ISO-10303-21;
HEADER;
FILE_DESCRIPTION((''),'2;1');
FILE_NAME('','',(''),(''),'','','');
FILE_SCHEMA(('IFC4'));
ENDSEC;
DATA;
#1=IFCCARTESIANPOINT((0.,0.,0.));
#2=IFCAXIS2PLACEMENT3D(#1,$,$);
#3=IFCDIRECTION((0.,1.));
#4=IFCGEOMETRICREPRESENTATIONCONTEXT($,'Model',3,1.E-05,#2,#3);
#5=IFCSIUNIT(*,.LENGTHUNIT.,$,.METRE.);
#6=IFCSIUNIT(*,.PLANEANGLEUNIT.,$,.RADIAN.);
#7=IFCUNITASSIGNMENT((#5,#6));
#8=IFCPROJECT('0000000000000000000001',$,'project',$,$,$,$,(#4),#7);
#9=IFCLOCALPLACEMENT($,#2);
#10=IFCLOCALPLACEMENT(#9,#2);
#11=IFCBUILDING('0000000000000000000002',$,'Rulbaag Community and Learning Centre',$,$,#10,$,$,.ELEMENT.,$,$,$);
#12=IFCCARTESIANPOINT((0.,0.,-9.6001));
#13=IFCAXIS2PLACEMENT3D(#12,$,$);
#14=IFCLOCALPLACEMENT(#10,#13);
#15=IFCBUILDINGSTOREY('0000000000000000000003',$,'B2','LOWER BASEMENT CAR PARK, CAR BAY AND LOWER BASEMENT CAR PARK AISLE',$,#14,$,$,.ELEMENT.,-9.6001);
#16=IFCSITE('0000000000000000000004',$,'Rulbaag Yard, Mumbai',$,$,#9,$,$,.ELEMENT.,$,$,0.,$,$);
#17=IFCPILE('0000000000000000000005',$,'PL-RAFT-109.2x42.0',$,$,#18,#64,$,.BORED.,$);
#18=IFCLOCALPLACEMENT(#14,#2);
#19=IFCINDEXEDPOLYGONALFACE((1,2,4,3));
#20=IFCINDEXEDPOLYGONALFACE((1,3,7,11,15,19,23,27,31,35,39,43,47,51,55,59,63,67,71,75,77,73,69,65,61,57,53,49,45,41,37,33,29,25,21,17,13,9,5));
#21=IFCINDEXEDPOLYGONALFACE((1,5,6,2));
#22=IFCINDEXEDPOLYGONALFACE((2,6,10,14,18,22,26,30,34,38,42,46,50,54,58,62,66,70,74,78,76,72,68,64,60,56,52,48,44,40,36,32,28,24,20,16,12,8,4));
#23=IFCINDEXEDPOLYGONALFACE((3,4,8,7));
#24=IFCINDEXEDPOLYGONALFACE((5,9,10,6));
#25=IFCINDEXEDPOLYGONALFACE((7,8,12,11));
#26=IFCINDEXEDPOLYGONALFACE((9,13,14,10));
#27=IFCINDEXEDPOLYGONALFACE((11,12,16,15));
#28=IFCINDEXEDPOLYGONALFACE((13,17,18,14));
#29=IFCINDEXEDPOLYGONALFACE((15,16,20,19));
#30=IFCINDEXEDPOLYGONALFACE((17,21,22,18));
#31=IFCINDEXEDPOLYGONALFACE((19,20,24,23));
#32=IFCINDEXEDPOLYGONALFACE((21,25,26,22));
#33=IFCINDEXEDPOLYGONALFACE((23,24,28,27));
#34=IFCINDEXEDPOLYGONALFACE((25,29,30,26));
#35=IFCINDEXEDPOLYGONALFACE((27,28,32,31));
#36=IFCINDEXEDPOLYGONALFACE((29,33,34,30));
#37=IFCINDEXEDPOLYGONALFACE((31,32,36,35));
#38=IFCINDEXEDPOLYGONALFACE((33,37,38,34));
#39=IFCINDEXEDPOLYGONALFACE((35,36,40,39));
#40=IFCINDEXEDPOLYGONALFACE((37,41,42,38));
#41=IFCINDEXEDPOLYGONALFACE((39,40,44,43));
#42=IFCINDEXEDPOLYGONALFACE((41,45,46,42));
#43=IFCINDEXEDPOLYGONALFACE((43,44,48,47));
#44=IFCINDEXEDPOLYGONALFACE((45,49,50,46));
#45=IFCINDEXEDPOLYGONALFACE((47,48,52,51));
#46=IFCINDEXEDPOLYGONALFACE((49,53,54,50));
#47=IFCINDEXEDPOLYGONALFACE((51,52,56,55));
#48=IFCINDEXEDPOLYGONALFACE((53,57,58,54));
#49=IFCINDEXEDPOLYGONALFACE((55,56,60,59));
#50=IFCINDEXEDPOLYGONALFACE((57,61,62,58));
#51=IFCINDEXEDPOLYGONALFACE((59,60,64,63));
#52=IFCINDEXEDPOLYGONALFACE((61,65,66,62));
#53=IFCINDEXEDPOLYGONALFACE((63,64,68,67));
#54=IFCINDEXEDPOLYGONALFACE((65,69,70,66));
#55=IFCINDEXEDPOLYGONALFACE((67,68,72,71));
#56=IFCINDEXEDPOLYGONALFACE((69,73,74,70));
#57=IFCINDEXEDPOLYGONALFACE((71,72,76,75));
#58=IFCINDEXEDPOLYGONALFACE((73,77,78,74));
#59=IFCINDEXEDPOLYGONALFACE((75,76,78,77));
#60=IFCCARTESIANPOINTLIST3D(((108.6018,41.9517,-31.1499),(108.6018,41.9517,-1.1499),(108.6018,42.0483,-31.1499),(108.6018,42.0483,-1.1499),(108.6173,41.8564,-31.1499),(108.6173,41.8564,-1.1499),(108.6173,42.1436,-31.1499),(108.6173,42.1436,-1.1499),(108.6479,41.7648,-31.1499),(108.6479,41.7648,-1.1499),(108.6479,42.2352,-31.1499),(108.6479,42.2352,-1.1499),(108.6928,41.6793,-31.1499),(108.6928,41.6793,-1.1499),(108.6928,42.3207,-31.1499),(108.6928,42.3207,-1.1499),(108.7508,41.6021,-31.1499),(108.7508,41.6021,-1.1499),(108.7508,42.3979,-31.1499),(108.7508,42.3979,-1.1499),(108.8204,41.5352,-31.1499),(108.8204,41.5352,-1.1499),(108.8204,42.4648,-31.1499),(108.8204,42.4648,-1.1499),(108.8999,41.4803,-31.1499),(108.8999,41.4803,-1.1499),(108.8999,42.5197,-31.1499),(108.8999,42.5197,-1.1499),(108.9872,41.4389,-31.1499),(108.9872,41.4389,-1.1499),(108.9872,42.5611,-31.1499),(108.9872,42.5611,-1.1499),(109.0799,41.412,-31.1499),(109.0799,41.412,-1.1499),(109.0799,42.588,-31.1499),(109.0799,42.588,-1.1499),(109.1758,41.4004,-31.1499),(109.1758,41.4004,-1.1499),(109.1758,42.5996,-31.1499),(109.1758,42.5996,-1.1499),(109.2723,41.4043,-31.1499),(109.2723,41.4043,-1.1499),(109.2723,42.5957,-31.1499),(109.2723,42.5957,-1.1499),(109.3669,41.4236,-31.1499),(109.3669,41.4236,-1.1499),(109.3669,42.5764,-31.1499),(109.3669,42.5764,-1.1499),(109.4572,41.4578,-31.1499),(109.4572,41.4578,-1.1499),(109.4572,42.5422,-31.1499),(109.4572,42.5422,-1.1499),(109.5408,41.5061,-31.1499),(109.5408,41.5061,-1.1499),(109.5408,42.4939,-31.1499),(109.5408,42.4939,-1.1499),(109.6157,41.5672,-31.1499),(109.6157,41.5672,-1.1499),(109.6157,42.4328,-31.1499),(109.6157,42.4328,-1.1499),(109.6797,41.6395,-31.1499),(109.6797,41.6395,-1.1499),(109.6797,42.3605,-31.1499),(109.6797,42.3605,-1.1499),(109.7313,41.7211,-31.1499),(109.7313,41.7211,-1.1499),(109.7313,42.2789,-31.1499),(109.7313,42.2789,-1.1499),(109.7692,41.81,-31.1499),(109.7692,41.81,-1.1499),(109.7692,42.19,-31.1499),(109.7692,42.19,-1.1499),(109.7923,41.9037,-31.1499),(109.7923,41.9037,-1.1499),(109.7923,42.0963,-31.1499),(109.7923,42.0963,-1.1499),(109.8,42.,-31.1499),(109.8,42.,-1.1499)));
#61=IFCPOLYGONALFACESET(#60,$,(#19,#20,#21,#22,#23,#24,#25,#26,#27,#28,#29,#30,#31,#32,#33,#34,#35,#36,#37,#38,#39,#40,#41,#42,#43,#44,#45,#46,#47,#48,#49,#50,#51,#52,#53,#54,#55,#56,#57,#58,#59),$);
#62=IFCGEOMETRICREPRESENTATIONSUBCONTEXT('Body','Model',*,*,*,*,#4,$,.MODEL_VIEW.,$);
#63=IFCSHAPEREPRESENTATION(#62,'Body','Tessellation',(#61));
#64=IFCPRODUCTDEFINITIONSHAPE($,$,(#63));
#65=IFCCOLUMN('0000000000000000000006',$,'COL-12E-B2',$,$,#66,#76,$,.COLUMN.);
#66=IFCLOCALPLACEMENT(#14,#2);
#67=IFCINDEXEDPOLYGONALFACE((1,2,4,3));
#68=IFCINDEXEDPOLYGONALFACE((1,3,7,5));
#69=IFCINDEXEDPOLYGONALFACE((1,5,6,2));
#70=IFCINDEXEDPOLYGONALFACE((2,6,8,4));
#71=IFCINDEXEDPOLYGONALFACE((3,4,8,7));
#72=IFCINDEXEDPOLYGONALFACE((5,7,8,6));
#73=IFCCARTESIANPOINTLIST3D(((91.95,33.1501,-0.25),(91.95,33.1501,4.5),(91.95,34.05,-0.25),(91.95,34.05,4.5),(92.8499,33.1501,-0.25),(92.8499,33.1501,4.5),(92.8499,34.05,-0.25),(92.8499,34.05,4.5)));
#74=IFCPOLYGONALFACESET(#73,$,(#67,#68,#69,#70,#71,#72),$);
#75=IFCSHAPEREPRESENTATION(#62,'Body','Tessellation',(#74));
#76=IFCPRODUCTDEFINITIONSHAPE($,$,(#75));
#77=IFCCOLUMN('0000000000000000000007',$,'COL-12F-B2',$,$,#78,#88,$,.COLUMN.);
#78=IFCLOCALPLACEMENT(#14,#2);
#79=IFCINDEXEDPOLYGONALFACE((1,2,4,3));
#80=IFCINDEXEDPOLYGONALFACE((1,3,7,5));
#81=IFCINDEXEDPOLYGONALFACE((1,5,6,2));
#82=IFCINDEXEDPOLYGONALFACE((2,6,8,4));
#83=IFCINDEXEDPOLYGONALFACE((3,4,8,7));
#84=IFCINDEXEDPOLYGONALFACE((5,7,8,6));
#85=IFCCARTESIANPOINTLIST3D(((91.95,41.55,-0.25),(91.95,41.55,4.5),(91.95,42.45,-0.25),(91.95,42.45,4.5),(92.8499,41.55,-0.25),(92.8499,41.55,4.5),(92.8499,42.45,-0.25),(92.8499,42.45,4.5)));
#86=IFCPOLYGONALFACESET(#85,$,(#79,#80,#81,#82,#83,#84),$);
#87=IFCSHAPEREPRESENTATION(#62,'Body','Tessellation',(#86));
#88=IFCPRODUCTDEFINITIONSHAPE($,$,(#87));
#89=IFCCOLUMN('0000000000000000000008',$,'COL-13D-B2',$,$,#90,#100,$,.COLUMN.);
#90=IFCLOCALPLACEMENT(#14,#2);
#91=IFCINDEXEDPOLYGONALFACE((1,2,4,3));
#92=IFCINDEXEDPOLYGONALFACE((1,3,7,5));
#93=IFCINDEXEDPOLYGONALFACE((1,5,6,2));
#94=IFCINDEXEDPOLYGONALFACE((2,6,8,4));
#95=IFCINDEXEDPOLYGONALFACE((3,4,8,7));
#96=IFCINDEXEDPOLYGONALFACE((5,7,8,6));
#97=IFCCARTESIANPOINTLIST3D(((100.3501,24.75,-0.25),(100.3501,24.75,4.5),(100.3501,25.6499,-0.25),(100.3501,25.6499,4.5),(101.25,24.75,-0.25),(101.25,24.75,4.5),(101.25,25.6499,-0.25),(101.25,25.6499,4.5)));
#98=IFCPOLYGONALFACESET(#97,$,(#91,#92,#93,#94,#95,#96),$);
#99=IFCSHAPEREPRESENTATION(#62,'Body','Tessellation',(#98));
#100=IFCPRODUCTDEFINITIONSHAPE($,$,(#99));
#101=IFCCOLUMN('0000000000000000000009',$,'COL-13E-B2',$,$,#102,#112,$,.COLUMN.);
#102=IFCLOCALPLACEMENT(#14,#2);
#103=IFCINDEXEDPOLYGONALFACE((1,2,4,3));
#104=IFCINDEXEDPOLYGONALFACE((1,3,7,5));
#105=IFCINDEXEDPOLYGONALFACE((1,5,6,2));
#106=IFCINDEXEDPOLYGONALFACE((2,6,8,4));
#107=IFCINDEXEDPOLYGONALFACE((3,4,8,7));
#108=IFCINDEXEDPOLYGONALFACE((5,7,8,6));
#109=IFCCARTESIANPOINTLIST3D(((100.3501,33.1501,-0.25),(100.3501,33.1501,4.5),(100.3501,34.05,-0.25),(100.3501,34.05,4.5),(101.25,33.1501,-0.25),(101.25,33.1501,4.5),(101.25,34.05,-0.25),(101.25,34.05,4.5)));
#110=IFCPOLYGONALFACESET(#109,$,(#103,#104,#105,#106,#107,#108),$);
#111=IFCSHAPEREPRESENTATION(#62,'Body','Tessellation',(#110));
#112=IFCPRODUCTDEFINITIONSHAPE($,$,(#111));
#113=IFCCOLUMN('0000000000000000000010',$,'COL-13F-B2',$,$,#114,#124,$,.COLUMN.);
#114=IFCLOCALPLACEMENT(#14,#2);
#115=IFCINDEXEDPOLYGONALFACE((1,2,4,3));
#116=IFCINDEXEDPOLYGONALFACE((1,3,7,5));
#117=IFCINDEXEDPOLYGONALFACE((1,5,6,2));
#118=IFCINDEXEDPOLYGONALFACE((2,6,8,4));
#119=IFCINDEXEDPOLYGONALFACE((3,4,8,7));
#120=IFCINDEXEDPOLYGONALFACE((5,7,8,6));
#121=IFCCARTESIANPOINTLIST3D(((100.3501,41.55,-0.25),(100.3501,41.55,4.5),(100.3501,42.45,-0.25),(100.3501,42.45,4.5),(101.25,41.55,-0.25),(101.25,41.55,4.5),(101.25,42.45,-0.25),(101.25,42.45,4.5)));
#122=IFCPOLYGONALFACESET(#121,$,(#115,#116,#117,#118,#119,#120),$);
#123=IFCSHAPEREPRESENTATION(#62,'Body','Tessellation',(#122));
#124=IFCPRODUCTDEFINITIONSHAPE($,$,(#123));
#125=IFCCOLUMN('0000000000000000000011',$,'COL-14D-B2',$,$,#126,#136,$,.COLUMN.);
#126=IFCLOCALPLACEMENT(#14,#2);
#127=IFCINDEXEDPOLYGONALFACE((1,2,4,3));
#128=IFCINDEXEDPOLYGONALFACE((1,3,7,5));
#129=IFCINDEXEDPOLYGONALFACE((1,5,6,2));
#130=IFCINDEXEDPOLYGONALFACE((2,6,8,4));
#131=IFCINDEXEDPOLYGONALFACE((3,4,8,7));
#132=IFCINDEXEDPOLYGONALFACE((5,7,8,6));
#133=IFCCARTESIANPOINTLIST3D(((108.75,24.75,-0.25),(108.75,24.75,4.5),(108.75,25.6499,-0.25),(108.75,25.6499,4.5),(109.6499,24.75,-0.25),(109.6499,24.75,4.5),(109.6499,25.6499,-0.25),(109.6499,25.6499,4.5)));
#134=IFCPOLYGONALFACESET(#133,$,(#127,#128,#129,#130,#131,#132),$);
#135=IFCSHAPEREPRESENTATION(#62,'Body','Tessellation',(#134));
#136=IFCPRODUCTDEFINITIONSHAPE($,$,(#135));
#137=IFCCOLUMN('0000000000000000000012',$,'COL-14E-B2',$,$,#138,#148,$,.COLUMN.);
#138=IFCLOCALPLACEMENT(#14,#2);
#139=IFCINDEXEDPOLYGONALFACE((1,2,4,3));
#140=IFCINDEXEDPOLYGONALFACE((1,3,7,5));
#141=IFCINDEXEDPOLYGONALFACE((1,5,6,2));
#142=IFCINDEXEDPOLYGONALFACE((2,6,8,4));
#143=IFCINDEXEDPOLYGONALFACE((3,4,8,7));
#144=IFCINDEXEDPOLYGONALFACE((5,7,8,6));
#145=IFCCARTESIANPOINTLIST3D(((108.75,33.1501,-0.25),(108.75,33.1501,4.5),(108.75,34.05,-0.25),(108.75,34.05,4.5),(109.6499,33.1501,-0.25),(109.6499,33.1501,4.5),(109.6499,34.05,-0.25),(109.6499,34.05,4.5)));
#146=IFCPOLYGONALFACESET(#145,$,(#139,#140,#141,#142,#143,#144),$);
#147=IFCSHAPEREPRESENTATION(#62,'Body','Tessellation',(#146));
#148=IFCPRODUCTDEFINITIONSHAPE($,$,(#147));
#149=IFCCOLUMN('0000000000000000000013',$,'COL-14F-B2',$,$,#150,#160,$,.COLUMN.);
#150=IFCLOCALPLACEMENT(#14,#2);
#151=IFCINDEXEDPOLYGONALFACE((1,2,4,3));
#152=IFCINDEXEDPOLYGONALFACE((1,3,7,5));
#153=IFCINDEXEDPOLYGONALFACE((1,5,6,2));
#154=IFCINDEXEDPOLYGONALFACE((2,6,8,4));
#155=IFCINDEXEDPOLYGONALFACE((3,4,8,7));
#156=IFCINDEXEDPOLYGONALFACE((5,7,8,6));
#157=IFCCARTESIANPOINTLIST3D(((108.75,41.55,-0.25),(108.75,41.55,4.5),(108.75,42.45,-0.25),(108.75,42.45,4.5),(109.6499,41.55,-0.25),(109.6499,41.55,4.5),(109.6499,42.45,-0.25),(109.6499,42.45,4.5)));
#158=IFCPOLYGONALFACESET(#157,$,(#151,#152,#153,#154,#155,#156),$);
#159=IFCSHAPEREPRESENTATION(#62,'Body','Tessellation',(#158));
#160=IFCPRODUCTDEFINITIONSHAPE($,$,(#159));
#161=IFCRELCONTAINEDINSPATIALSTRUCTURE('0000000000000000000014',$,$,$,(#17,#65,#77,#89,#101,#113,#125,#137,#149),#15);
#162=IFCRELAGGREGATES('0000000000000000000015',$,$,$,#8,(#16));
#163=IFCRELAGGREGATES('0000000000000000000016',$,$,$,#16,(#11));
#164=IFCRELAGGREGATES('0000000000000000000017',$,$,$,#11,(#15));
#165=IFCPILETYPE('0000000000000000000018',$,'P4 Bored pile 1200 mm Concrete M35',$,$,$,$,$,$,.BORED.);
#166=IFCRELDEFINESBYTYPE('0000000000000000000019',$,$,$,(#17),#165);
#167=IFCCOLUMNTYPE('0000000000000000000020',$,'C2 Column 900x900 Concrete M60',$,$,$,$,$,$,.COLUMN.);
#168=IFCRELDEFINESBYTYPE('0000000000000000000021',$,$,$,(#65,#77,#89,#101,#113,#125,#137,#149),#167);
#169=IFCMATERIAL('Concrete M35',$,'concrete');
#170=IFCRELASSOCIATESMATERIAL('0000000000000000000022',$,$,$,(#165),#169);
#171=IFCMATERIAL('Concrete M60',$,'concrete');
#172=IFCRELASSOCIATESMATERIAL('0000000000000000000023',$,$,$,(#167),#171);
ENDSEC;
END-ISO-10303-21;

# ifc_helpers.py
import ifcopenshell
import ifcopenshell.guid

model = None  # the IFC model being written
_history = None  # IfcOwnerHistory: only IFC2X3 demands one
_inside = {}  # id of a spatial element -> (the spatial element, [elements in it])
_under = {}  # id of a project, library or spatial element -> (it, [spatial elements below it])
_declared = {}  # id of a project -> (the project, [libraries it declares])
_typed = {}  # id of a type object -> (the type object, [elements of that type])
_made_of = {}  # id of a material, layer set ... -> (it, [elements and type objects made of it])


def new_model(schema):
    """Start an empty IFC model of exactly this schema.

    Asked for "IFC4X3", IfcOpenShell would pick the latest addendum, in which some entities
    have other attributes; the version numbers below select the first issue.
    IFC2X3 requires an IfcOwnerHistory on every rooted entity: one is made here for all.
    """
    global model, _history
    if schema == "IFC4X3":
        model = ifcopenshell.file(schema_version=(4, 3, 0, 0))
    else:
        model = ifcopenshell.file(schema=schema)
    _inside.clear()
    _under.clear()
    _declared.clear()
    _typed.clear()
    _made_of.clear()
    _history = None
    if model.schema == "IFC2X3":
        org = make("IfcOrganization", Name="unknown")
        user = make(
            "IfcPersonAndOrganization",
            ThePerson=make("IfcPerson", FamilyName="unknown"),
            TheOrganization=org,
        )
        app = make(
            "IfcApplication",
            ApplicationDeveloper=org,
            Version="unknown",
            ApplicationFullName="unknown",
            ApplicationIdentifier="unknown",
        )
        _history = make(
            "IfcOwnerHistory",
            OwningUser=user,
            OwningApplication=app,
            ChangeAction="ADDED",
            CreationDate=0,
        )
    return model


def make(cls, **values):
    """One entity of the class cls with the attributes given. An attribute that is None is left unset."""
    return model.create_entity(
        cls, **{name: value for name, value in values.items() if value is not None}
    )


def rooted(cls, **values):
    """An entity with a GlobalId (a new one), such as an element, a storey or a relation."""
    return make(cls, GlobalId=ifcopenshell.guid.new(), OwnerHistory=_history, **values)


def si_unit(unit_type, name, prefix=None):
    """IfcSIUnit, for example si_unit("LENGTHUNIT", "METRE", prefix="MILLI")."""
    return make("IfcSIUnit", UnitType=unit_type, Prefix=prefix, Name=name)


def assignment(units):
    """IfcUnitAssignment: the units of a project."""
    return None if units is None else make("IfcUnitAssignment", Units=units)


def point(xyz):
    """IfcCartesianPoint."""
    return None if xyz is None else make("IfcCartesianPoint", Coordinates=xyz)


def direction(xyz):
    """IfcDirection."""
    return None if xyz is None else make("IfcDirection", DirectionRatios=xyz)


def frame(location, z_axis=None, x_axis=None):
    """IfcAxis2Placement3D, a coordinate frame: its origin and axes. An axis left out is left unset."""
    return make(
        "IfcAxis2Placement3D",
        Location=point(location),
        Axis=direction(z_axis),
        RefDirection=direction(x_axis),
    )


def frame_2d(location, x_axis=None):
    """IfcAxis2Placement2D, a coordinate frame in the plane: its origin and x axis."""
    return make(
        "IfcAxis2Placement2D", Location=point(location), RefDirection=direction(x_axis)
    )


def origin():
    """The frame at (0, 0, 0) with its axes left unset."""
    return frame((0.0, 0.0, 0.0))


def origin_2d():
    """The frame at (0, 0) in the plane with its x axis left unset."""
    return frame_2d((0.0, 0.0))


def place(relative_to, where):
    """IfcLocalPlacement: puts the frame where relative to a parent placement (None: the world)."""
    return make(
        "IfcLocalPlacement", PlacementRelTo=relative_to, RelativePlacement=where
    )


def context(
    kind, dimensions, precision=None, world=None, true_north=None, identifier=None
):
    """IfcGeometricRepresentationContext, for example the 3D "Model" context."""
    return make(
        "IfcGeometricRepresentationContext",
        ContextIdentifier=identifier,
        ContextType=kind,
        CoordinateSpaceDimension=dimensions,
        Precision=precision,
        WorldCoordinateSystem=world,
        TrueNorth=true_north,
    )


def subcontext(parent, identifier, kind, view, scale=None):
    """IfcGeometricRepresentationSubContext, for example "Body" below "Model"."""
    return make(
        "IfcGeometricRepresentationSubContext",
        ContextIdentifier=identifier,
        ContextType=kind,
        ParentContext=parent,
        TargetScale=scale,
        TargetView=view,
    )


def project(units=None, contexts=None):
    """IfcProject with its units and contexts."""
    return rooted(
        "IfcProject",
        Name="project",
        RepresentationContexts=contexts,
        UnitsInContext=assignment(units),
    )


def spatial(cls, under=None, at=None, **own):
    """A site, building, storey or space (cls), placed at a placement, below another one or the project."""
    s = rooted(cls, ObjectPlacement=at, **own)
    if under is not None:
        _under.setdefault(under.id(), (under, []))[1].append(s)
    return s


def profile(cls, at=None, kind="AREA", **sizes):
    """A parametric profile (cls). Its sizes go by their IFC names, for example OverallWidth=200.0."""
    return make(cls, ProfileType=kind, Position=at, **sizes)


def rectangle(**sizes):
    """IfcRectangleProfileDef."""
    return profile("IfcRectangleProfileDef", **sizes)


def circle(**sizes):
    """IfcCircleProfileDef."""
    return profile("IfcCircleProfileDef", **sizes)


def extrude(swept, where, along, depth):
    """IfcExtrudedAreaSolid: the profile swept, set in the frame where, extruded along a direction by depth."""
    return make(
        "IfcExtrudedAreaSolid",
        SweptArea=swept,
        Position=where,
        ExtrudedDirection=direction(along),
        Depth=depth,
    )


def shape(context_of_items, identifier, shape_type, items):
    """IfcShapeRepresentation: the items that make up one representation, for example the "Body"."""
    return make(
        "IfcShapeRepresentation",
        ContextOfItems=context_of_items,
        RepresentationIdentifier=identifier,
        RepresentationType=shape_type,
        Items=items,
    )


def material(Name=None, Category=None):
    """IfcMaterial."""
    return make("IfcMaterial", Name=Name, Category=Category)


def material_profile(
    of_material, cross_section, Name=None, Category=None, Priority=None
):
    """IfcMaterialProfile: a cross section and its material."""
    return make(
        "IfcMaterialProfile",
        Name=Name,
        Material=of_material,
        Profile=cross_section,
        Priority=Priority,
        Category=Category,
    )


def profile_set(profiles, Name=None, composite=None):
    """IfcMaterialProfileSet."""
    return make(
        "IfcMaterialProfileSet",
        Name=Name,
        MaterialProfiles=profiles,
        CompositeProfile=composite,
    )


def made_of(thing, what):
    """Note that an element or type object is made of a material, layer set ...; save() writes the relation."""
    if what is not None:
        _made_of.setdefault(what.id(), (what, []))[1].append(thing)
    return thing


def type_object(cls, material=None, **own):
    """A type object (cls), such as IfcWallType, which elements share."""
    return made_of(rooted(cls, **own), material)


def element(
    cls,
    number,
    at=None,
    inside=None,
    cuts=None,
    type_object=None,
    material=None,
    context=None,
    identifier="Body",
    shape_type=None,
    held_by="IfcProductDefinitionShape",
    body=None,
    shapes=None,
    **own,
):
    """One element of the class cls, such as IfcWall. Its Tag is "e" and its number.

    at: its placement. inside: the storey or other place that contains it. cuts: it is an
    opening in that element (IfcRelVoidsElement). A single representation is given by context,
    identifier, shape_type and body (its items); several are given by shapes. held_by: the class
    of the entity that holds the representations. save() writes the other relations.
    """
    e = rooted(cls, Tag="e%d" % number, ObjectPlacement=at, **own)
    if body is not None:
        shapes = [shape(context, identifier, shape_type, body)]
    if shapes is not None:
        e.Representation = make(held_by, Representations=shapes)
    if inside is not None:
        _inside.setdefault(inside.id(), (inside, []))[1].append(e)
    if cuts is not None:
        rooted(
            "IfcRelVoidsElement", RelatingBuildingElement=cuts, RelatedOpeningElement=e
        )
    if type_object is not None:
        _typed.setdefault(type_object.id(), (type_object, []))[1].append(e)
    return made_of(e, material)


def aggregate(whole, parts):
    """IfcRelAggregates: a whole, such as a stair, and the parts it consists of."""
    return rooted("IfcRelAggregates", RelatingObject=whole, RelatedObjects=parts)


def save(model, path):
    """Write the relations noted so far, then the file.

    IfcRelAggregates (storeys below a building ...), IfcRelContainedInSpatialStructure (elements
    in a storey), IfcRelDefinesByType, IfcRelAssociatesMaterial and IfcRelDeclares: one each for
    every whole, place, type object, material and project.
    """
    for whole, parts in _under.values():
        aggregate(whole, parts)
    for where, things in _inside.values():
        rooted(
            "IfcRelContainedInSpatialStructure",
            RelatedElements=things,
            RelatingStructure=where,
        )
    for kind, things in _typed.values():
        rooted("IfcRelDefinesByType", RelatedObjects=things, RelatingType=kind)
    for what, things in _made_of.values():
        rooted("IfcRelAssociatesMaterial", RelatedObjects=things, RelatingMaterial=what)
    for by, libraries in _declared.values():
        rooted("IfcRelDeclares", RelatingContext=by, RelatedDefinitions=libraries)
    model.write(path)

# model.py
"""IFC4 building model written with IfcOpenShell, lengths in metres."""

from ifc_helpers import new_model, si_unit, direction, frame, origin, origin_2d, place, context, subcontext, project, spatial, rectangle, circle, extrude, material, material_profile, profile_set, type_object, element, save


model = new_model("IFC4")

# Units and contexts
model_context = context("Model", 3, precision=1e-05, world=origin(), true_north=direction((0.0, 1.0)))
body_context = subcontext(model_context, "Body", "Model", "MODEL_VIEW")
ifc_project = project(units=[si_unit("LENGTHUNIT", "METRE"), si_unit("PLANEANGLEUNIT", "RADIAN")], contexts=[model_context])

# Site, building, storey
site_placement = place(None, origin())
site = spatial("IfcSite", under=ifc_project, at=site_placement, Name="Rulbaag Yard, Mumbai", CompositionType="ELEMENT", RefElevation=0.0)
building_placement = place(site_placement, origin())
building = spatial("IfcBuilding", under=site, at=building_placement, Name="Rulbaag Community and Learning Centre", CompositionType="ELEMENT")
storey_placement = place(building_placement, frame((0.0, 0.0, -9.6001)))
storey = spatial("IfcBuildingStorey", under=building, at=storey_placement, Name="B2", Description="LOWER BASEMENT CAR PARK, CAR BAY AND LOWER BASEMENT CAR PARK AISLE", CompositionType="ELEMENT", Elevation=-9.6001)

# Pile
ifc_material_1 = material(Name="Concrete M35", Category="concrete")
ifc_material_profile_1 = material_profile(ifc_material_1, circle(Radius=0.6001, at=origin_2d()), Name="BP1200")
ifc_profile_set_1 = profile_set([ifc_material_profile_1], Name="Concrete M35")
pile_type_1 = type_object("IfcPileType", Name="P4 Bored pile 1200 mm Concrete M35", PredefinedType="BORED", material=ifc_profile_set_1)
for number, where, z_axis, x_axis, name in (
    (1, (109.2, 42.0, -1.1499), (0.0, 0.0, -1.0), (1.0, 0.0, 0.0), "PL-RAFT-109.2x42.0"),
):
    element("IfcPile", number, at=place(storey_placement, frame(where, z_axis=z_axis, x_axis=x_axis)), inside=storey, type_object=pile_type_1, Name=name, PredefinedType="BORED", context=body_context, shape_type="SweptSolid", body=[
        extrude(circle(Radius=0.6001, at=origin_2d()), origin(), (0.0, 0.0, 1.0), 30.0),
    ])

# Columns
ifc_material_2 = material(Name="Concrete M60", Category="concrete")
ifc_material_profile_2 = material_profile(ifc_material_2, rectangle(XDim=0.8999, YDim=0.8999, at=origin_2d()), Name="RC900x900")
ifc_profile_set_2 = profile_set([ifc_material_profile_2], Name="Concrete M60")
column_type = type_object("IfcColumnType", Name="C2 Column 900x900 Concrete M60", PredefinedType="COLUMN", material=ifc_profile_set_2)
for number, where, z_axis, x_axis, name in (
    (2, (92.3999, 33.6001, -0.25), (0.0, 0.0, 1.0), (1.0, 0.0, 0.0), "COL-12E-B2"),
    (3, (92.3999, 42.0, -0.25), (0.0, 0.0, 1.0), (1.0, 0.0, 0.0), "COL-12F-B2"),
    (4, (100.8, 25.2, -0.25), (0.0, 0.0, 1.0), (1.0, 0.0, 0.0), "COL-13D-B2"),
    (5, (100.8, 33.6001, -0.25), (0.0, 0.0, 1.0), (1.0, 0.0, 0.0), "COL-13E-B2"),
    (6, (100.8, 42.0, -0.25), (0.0, 0.0, 1.0), (1.0, 0.0, 0.0), "COL-13F-B2"),
    (7, (109.2, 25.2, -0.25), (0.0, 0.0, 1.0), (1.0, 0.0, 0.0), "COL-14D-B2"),
    (8, (109.2, 33.6001, -0.25), (0.0, 0.0, 1.0), (1.0, 0.0, 0.0), "COL-14E-B2"),
    (9, (109.2, 42.0, -0.25), (0.0, 0.0, 1.0), (1.0, 0.0, 0.0), "COL-14F-B2"),
):
    element("IfcColumn", number, at=place(storey_placement, frame(where, z_axis=z_axis, x_axis=x_axis)), inside=storey, type_object=column_type, Name=name, PredefinedType="COLUMN", context=body_context, shape_type="SweptSolid", body=[
        extrude(rectangle(XDim=0.8999, YDim=0.8999, at=origin_2d()), origin(), (0.0, 0.0, 1.0), 4.75),
    ])

save(model, "model.ifc")
